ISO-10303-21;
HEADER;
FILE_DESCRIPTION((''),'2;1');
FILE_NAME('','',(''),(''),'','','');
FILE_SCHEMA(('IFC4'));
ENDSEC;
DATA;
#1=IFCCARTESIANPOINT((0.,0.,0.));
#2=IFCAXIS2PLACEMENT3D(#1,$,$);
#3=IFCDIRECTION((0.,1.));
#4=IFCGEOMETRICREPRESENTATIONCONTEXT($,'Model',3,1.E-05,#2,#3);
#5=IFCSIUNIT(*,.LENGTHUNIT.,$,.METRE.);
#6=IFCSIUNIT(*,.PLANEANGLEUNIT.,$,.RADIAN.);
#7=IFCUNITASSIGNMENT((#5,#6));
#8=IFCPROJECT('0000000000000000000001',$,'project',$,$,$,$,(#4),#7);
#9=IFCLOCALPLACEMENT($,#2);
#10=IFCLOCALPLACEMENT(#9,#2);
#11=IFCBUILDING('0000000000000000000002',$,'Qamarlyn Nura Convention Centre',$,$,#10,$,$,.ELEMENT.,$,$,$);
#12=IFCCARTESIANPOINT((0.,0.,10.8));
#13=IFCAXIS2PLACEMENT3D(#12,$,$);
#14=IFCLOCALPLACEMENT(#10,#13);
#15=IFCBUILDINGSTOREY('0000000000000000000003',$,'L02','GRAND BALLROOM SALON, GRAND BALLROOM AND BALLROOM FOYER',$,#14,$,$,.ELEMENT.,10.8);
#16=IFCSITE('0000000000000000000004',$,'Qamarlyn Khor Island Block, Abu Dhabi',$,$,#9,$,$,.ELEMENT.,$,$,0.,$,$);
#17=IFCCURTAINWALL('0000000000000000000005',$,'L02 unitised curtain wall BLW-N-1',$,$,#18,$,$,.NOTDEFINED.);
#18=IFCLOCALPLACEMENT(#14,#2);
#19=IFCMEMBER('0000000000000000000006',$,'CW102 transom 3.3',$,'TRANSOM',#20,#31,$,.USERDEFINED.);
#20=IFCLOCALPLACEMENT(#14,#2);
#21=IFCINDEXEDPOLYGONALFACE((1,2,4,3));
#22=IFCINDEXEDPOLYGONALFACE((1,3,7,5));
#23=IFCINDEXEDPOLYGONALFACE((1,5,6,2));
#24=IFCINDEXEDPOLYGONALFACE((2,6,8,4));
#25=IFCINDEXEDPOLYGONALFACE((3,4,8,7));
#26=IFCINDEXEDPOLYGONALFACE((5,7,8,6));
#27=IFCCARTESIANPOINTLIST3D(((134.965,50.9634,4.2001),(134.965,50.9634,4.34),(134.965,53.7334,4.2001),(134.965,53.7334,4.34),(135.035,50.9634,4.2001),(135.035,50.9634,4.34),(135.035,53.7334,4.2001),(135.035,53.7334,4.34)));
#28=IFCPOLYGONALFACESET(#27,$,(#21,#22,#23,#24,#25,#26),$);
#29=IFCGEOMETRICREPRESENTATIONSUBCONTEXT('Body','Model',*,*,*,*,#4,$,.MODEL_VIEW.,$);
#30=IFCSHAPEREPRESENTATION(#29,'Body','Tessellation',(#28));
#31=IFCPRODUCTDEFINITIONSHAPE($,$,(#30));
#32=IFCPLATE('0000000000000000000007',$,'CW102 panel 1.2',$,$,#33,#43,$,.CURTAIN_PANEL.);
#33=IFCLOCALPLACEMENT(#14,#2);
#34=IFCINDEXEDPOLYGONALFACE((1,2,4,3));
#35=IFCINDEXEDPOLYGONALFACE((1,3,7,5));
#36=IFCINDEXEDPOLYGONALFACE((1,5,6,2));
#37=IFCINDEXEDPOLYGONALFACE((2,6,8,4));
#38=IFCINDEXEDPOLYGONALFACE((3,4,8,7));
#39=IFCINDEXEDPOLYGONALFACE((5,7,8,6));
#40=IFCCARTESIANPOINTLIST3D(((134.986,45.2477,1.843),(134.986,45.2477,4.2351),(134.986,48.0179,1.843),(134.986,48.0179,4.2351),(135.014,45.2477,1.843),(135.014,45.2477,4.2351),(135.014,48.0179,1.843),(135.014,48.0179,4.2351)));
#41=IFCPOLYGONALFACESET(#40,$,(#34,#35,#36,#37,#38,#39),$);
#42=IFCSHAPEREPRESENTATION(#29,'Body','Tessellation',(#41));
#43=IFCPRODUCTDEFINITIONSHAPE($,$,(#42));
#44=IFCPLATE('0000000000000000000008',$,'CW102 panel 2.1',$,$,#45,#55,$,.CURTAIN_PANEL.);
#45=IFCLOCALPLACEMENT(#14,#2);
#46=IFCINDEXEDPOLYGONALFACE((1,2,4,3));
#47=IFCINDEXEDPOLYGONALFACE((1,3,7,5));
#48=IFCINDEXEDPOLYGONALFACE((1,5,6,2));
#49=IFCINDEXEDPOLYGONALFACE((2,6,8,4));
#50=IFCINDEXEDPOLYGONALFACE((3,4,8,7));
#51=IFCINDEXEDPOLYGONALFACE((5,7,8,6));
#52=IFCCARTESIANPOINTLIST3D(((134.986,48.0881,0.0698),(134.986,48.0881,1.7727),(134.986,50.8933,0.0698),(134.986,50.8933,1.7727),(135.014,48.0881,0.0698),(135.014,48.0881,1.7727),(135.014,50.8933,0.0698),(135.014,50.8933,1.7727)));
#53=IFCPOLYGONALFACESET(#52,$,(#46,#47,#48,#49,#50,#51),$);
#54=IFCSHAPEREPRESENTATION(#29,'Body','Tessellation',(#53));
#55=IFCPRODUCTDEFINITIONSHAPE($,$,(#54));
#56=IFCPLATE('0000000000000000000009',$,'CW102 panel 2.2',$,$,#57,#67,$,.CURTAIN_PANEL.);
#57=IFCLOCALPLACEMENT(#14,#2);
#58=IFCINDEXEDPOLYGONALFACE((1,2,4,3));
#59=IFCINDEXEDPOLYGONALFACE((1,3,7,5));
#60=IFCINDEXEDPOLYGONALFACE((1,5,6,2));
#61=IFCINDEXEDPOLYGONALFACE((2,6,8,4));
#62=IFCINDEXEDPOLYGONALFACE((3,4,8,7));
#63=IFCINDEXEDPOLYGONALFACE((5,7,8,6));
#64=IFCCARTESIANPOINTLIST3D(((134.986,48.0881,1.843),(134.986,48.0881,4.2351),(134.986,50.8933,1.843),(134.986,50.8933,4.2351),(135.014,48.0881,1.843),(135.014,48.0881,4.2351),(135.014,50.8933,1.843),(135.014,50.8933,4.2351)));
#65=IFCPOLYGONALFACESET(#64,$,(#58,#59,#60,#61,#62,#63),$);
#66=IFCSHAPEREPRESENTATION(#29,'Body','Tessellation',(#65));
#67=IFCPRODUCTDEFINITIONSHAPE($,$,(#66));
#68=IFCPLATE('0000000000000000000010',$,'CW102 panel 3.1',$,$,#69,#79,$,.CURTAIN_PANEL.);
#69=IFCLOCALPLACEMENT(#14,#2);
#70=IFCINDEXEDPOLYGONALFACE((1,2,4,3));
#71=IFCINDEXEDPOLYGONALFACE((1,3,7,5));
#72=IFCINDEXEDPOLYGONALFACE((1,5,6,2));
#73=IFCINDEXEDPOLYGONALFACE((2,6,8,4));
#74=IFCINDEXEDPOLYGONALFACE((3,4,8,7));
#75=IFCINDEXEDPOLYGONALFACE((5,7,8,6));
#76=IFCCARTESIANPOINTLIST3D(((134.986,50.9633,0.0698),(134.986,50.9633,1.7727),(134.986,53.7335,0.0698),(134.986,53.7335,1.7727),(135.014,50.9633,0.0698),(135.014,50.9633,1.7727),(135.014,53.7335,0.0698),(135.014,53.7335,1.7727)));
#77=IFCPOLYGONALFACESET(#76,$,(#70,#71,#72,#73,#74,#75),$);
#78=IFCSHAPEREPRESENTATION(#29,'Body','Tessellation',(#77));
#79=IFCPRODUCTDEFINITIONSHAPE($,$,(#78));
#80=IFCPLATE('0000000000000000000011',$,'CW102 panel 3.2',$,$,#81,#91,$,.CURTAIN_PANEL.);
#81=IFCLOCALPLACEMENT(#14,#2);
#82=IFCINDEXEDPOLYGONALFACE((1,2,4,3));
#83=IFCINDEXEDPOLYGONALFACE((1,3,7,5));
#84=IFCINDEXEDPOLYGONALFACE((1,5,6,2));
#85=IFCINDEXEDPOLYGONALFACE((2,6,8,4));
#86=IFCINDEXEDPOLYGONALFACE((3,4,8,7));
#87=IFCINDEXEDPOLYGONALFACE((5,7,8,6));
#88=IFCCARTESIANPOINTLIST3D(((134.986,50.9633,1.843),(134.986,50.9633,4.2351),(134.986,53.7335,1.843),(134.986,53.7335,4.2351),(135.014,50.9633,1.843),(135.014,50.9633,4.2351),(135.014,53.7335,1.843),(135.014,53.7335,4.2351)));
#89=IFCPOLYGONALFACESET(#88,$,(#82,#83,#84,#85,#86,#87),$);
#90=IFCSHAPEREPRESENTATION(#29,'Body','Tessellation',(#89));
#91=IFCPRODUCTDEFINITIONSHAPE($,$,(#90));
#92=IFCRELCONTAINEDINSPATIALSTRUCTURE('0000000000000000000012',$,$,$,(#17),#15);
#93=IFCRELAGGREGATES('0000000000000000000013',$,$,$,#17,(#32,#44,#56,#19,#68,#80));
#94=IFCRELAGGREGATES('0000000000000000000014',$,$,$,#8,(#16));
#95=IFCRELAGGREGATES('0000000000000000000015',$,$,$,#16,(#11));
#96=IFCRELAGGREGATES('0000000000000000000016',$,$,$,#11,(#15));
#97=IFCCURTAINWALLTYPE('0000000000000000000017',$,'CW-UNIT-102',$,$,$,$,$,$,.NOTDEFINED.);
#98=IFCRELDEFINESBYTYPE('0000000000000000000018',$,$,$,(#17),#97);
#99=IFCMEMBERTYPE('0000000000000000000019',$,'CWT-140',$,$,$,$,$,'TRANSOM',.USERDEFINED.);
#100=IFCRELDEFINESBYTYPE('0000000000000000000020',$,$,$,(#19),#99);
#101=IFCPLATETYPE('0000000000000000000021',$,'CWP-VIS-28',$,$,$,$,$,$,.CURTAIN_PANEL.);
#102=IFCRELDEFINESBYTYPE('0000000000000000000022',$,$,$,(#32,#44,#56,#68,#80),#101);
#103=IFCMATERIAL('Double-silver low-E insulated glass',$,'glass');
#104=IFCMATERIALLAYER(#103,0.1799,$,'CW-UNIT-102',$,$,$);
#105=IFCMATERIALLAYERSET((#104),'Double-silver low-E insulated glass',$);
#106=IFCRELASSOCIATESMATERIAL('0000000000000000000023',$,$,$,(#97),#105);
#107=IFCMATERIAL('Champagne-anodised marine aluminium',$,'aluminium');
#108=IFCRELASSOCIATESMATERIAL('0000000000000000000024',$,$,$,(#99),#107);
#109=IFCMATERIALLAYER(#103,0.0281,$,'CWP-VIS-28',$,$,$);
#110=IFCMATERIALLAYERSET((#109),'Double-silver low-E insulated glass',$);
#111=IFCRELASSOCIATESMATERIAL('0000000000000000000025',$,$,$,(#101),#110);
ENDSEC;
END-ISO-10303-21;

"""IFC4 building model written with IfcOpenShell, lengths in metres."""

from ifc_helpers import new_model, si_unit, direction, frame, origin, origin_2d, place, context, subcontext, project, spatial, rectangle, extrude, material, layer, layer_set, material_profile, profile_set, type_object, element, aggregate, save


model = new_model("IFC4")

# Units and contexts
model_context = context("Model", 3, precision=1e-05, world=origin(), true_north=direction((0.0, 1.0)))
body_context = subcontext(model_context, "Body", "Model", "MODEL_VIEW")
ifc_project = project(units=[si_unit("LENGTHUNIT", "METRE"), si_unit("PLANEANGLEUNIT", "RADIAN")], contexts=[model_context])

# Site, building, storey
site_placement = place(None, origin())
site = spatial("IfcSite", under=ifc_project, at=site_placement, Name="Qamarlyn Khor Island Block, Abu Dhabi", CompositionType="ELEMENT", RefElevation=0.0)
building_placement = place(site_placement, origin())
building = spatial("IfcBuilding", under=site, at=building_placement, Name="Qamarlyn Nura Convention Centre", CompositionType="ELEMENT")
storey_placement = place(building_placement, frame((0.0, 0.0, 10.8)))
storey = spatial("IfcBuildingStorey", under=building, at=storey_placement, Name="L02", Description="GRAND BALLROOM SALON, GRAND BALLROOM AND BALLROOM FOYER", CompositionType="ELEMENT", Elevation=10.8)

# Shared definitions
ifc_material_1 = material(Name="Double-silver low-E insulated glass", Category="glass")
ifc_material_2 = material(Name="Champagne-anodised marine aluminium", Category="aluminium")

# Curtain wall, member, plates
ifc_layer_1 = layer(ifc_material_1, 0.1799, Name="CW-UNIT-102")
ifc_layer_set_1 = layer_set([ifc_layer_1], Name="Double-silver low-E insulated glass")
curtain_wall_type_1 = type_object("IfcCurtainWallType", Name="CW-UNIT-102", PredefinedType="NOTDEFINED", material=ifc_layer_set_1)
curtain_wall_1_placement = place(storey_placement, origin())
curtain_wall_1 = element("IfcCurtainWall", 1, at=curtain_wall_1_placement, inside=storey, type_object=curtain_wall_type_1, Name="L02 unitised curtain wall BLW-N-1", PredefinedType="NOTDEFINED")
ifc_material_profile_1 = material_profile(ifc_material_2, rectangle(XDim=0.0701, YDim=0.1399, at=origin_2d()), Name="ALU TRANSOM 70x140")
ifc_profile_set_1 = profile_set([ifc_material_profile_1], Name="Champagne-anodised marine aluminium")
member_type_1 = type_object("IfcMemberType", Name="CWT-140", ElementType="TRANSOM", PredefinedType="USERDEFINED", material=ifc_profile_set_1)
member_1_placement = place(storey_placement, frame((135.0, 50.9634, 4.27), z_axis=(0.0, 1.0, 0.0), x_axis=(-1.0, 0.0, 0.0)))
member_1 = element("IfcMember", 2, at=member_1_placement, type_object=member_type_1, Name="CW102 transom 3.3", ObjectType="TRANSOM", PredefinedType="USERDEFINED", context=body_context, shape_type="SweptSolid", body=[
    extrude(rectangle(XDim=0.0701, YDim=0.1399, at=origin_2d()), origin(), (0.0, 0.0, 1.0), 2.77),
])
ifc_layer_2 = layer(ifc_material_1, 0.0281, Name="CWP-VIS-28")
ifc_layer_set_2 = layer_set([ifc_layer_2], Name="Double-silver low-E insulated glass")
plate_type = type_object("IfcPlateType", Name="CWP-VIS-28", PredefinedType="CURTAIN_PANEL", material=ifc_layer_set_2)
plate_1_placement = place(storey_placement, frame((135.0, 46.6328, 1.843), z_axis=(0.0, 0.0, 1.0), x_axis=(0.0, 1.0, 0.0)))
plate_1 = element("IfcPlate", 3, at=plate_1_placement, type_object=plate_type, Name="CW102 panel 1.2", PredefinedType="CURTAIN_PANEL", context=body_context, shape_type="SweptSolid", body=[
    extrude(rectangle(XDim=2.7703, YDim=0.0281, at=origin_2d()), origin(), (0.0, 0.0, 1.0), 2.3921),
])
plate_2_placement = place(storey_placement, frame((135.0, 49.4907, 0.0698), z_axis=(0.0, 0.0, 1.0), x_axis=(0.0, 1.0, 0.0)))
plate_2 = element("IfcPlate", 4, at=plate_2_placement, type_object=plate_type, Name="CW102 panel 2.1", PredefinedType="CURTAIN_PANEL", context=body_context, shape_type="SweptSolid", body=[
    extrude(rectangle(XDim=2.8052, YDim=0.0281, at=origin_2d()), origin(), (0.0, 0.0, 1.0), 1.7029),
])
plate_3_placement = place(storey_placement, frame((135.0, 49.4907, 1.843), z_axis=(0.0, 0.0, 1.0), x_axis=(0.0, 1.0, 0.0)))
plate_3 = element("IfcPlate", 5, at=plate_3_placement, type_object=plate_type, Name="CW102 panel 2.2", PredefinedType="CURTAIN_PANEL", context=body_context, shape_type="SweptSolid", body=[
    extrude(rectangle(XDim=2.8052, YDim=0.0281, at=origin_2d()), origin(), (0.0, 0.0, 1.0), 2.3921),
])
plate_4_placement = place(storey_placement, frame((135.0, 52.3484, 0.0698), z_axis=(0.0, 0.0, 1.0), x_axis=(0.0, 1.0, 0.0)))
plate_4 = element("IfcPlate", 6, at=plate_4_placement, type_object=plate_type, Name="CW102 panel 3.1", PredefinedType="CURTAIN_PANEL", context=body_context, shape_type="SweptSolid", body=[
    extrude(rectangle(XDim=2.7703, YDim=0.0281, at=origin_2d()), origin(), (0.0, 0.0, 1.0), 1.7029),
])
plate_5_placement = place(storey_placement, frame((135.0, 52.3484, 1.843), z_axis=(0.0, 0.0, 1.0), x_axis=(0.0, 1.0, 0.0)))
plate_5 = element("IfcPlate", 7, at=plate_5_placement, type_object=plate_type, Name="CW102 panel 3.2", PredefinedType="CURTAIN_PANEL", context=body_context, shape_type="SweptSolid", body=[
    extrude(rectangle(XDim=2.7703, YDim=0.0281, at=origin_2d()), origin(), (0.0, 0.0, 1.0), 2.3921),
])
aggregate(curtain_wall_1, [plate_1, plate_2, plate_3, member_1, plate_4, plate_5])

save(model, "model.ifc")
